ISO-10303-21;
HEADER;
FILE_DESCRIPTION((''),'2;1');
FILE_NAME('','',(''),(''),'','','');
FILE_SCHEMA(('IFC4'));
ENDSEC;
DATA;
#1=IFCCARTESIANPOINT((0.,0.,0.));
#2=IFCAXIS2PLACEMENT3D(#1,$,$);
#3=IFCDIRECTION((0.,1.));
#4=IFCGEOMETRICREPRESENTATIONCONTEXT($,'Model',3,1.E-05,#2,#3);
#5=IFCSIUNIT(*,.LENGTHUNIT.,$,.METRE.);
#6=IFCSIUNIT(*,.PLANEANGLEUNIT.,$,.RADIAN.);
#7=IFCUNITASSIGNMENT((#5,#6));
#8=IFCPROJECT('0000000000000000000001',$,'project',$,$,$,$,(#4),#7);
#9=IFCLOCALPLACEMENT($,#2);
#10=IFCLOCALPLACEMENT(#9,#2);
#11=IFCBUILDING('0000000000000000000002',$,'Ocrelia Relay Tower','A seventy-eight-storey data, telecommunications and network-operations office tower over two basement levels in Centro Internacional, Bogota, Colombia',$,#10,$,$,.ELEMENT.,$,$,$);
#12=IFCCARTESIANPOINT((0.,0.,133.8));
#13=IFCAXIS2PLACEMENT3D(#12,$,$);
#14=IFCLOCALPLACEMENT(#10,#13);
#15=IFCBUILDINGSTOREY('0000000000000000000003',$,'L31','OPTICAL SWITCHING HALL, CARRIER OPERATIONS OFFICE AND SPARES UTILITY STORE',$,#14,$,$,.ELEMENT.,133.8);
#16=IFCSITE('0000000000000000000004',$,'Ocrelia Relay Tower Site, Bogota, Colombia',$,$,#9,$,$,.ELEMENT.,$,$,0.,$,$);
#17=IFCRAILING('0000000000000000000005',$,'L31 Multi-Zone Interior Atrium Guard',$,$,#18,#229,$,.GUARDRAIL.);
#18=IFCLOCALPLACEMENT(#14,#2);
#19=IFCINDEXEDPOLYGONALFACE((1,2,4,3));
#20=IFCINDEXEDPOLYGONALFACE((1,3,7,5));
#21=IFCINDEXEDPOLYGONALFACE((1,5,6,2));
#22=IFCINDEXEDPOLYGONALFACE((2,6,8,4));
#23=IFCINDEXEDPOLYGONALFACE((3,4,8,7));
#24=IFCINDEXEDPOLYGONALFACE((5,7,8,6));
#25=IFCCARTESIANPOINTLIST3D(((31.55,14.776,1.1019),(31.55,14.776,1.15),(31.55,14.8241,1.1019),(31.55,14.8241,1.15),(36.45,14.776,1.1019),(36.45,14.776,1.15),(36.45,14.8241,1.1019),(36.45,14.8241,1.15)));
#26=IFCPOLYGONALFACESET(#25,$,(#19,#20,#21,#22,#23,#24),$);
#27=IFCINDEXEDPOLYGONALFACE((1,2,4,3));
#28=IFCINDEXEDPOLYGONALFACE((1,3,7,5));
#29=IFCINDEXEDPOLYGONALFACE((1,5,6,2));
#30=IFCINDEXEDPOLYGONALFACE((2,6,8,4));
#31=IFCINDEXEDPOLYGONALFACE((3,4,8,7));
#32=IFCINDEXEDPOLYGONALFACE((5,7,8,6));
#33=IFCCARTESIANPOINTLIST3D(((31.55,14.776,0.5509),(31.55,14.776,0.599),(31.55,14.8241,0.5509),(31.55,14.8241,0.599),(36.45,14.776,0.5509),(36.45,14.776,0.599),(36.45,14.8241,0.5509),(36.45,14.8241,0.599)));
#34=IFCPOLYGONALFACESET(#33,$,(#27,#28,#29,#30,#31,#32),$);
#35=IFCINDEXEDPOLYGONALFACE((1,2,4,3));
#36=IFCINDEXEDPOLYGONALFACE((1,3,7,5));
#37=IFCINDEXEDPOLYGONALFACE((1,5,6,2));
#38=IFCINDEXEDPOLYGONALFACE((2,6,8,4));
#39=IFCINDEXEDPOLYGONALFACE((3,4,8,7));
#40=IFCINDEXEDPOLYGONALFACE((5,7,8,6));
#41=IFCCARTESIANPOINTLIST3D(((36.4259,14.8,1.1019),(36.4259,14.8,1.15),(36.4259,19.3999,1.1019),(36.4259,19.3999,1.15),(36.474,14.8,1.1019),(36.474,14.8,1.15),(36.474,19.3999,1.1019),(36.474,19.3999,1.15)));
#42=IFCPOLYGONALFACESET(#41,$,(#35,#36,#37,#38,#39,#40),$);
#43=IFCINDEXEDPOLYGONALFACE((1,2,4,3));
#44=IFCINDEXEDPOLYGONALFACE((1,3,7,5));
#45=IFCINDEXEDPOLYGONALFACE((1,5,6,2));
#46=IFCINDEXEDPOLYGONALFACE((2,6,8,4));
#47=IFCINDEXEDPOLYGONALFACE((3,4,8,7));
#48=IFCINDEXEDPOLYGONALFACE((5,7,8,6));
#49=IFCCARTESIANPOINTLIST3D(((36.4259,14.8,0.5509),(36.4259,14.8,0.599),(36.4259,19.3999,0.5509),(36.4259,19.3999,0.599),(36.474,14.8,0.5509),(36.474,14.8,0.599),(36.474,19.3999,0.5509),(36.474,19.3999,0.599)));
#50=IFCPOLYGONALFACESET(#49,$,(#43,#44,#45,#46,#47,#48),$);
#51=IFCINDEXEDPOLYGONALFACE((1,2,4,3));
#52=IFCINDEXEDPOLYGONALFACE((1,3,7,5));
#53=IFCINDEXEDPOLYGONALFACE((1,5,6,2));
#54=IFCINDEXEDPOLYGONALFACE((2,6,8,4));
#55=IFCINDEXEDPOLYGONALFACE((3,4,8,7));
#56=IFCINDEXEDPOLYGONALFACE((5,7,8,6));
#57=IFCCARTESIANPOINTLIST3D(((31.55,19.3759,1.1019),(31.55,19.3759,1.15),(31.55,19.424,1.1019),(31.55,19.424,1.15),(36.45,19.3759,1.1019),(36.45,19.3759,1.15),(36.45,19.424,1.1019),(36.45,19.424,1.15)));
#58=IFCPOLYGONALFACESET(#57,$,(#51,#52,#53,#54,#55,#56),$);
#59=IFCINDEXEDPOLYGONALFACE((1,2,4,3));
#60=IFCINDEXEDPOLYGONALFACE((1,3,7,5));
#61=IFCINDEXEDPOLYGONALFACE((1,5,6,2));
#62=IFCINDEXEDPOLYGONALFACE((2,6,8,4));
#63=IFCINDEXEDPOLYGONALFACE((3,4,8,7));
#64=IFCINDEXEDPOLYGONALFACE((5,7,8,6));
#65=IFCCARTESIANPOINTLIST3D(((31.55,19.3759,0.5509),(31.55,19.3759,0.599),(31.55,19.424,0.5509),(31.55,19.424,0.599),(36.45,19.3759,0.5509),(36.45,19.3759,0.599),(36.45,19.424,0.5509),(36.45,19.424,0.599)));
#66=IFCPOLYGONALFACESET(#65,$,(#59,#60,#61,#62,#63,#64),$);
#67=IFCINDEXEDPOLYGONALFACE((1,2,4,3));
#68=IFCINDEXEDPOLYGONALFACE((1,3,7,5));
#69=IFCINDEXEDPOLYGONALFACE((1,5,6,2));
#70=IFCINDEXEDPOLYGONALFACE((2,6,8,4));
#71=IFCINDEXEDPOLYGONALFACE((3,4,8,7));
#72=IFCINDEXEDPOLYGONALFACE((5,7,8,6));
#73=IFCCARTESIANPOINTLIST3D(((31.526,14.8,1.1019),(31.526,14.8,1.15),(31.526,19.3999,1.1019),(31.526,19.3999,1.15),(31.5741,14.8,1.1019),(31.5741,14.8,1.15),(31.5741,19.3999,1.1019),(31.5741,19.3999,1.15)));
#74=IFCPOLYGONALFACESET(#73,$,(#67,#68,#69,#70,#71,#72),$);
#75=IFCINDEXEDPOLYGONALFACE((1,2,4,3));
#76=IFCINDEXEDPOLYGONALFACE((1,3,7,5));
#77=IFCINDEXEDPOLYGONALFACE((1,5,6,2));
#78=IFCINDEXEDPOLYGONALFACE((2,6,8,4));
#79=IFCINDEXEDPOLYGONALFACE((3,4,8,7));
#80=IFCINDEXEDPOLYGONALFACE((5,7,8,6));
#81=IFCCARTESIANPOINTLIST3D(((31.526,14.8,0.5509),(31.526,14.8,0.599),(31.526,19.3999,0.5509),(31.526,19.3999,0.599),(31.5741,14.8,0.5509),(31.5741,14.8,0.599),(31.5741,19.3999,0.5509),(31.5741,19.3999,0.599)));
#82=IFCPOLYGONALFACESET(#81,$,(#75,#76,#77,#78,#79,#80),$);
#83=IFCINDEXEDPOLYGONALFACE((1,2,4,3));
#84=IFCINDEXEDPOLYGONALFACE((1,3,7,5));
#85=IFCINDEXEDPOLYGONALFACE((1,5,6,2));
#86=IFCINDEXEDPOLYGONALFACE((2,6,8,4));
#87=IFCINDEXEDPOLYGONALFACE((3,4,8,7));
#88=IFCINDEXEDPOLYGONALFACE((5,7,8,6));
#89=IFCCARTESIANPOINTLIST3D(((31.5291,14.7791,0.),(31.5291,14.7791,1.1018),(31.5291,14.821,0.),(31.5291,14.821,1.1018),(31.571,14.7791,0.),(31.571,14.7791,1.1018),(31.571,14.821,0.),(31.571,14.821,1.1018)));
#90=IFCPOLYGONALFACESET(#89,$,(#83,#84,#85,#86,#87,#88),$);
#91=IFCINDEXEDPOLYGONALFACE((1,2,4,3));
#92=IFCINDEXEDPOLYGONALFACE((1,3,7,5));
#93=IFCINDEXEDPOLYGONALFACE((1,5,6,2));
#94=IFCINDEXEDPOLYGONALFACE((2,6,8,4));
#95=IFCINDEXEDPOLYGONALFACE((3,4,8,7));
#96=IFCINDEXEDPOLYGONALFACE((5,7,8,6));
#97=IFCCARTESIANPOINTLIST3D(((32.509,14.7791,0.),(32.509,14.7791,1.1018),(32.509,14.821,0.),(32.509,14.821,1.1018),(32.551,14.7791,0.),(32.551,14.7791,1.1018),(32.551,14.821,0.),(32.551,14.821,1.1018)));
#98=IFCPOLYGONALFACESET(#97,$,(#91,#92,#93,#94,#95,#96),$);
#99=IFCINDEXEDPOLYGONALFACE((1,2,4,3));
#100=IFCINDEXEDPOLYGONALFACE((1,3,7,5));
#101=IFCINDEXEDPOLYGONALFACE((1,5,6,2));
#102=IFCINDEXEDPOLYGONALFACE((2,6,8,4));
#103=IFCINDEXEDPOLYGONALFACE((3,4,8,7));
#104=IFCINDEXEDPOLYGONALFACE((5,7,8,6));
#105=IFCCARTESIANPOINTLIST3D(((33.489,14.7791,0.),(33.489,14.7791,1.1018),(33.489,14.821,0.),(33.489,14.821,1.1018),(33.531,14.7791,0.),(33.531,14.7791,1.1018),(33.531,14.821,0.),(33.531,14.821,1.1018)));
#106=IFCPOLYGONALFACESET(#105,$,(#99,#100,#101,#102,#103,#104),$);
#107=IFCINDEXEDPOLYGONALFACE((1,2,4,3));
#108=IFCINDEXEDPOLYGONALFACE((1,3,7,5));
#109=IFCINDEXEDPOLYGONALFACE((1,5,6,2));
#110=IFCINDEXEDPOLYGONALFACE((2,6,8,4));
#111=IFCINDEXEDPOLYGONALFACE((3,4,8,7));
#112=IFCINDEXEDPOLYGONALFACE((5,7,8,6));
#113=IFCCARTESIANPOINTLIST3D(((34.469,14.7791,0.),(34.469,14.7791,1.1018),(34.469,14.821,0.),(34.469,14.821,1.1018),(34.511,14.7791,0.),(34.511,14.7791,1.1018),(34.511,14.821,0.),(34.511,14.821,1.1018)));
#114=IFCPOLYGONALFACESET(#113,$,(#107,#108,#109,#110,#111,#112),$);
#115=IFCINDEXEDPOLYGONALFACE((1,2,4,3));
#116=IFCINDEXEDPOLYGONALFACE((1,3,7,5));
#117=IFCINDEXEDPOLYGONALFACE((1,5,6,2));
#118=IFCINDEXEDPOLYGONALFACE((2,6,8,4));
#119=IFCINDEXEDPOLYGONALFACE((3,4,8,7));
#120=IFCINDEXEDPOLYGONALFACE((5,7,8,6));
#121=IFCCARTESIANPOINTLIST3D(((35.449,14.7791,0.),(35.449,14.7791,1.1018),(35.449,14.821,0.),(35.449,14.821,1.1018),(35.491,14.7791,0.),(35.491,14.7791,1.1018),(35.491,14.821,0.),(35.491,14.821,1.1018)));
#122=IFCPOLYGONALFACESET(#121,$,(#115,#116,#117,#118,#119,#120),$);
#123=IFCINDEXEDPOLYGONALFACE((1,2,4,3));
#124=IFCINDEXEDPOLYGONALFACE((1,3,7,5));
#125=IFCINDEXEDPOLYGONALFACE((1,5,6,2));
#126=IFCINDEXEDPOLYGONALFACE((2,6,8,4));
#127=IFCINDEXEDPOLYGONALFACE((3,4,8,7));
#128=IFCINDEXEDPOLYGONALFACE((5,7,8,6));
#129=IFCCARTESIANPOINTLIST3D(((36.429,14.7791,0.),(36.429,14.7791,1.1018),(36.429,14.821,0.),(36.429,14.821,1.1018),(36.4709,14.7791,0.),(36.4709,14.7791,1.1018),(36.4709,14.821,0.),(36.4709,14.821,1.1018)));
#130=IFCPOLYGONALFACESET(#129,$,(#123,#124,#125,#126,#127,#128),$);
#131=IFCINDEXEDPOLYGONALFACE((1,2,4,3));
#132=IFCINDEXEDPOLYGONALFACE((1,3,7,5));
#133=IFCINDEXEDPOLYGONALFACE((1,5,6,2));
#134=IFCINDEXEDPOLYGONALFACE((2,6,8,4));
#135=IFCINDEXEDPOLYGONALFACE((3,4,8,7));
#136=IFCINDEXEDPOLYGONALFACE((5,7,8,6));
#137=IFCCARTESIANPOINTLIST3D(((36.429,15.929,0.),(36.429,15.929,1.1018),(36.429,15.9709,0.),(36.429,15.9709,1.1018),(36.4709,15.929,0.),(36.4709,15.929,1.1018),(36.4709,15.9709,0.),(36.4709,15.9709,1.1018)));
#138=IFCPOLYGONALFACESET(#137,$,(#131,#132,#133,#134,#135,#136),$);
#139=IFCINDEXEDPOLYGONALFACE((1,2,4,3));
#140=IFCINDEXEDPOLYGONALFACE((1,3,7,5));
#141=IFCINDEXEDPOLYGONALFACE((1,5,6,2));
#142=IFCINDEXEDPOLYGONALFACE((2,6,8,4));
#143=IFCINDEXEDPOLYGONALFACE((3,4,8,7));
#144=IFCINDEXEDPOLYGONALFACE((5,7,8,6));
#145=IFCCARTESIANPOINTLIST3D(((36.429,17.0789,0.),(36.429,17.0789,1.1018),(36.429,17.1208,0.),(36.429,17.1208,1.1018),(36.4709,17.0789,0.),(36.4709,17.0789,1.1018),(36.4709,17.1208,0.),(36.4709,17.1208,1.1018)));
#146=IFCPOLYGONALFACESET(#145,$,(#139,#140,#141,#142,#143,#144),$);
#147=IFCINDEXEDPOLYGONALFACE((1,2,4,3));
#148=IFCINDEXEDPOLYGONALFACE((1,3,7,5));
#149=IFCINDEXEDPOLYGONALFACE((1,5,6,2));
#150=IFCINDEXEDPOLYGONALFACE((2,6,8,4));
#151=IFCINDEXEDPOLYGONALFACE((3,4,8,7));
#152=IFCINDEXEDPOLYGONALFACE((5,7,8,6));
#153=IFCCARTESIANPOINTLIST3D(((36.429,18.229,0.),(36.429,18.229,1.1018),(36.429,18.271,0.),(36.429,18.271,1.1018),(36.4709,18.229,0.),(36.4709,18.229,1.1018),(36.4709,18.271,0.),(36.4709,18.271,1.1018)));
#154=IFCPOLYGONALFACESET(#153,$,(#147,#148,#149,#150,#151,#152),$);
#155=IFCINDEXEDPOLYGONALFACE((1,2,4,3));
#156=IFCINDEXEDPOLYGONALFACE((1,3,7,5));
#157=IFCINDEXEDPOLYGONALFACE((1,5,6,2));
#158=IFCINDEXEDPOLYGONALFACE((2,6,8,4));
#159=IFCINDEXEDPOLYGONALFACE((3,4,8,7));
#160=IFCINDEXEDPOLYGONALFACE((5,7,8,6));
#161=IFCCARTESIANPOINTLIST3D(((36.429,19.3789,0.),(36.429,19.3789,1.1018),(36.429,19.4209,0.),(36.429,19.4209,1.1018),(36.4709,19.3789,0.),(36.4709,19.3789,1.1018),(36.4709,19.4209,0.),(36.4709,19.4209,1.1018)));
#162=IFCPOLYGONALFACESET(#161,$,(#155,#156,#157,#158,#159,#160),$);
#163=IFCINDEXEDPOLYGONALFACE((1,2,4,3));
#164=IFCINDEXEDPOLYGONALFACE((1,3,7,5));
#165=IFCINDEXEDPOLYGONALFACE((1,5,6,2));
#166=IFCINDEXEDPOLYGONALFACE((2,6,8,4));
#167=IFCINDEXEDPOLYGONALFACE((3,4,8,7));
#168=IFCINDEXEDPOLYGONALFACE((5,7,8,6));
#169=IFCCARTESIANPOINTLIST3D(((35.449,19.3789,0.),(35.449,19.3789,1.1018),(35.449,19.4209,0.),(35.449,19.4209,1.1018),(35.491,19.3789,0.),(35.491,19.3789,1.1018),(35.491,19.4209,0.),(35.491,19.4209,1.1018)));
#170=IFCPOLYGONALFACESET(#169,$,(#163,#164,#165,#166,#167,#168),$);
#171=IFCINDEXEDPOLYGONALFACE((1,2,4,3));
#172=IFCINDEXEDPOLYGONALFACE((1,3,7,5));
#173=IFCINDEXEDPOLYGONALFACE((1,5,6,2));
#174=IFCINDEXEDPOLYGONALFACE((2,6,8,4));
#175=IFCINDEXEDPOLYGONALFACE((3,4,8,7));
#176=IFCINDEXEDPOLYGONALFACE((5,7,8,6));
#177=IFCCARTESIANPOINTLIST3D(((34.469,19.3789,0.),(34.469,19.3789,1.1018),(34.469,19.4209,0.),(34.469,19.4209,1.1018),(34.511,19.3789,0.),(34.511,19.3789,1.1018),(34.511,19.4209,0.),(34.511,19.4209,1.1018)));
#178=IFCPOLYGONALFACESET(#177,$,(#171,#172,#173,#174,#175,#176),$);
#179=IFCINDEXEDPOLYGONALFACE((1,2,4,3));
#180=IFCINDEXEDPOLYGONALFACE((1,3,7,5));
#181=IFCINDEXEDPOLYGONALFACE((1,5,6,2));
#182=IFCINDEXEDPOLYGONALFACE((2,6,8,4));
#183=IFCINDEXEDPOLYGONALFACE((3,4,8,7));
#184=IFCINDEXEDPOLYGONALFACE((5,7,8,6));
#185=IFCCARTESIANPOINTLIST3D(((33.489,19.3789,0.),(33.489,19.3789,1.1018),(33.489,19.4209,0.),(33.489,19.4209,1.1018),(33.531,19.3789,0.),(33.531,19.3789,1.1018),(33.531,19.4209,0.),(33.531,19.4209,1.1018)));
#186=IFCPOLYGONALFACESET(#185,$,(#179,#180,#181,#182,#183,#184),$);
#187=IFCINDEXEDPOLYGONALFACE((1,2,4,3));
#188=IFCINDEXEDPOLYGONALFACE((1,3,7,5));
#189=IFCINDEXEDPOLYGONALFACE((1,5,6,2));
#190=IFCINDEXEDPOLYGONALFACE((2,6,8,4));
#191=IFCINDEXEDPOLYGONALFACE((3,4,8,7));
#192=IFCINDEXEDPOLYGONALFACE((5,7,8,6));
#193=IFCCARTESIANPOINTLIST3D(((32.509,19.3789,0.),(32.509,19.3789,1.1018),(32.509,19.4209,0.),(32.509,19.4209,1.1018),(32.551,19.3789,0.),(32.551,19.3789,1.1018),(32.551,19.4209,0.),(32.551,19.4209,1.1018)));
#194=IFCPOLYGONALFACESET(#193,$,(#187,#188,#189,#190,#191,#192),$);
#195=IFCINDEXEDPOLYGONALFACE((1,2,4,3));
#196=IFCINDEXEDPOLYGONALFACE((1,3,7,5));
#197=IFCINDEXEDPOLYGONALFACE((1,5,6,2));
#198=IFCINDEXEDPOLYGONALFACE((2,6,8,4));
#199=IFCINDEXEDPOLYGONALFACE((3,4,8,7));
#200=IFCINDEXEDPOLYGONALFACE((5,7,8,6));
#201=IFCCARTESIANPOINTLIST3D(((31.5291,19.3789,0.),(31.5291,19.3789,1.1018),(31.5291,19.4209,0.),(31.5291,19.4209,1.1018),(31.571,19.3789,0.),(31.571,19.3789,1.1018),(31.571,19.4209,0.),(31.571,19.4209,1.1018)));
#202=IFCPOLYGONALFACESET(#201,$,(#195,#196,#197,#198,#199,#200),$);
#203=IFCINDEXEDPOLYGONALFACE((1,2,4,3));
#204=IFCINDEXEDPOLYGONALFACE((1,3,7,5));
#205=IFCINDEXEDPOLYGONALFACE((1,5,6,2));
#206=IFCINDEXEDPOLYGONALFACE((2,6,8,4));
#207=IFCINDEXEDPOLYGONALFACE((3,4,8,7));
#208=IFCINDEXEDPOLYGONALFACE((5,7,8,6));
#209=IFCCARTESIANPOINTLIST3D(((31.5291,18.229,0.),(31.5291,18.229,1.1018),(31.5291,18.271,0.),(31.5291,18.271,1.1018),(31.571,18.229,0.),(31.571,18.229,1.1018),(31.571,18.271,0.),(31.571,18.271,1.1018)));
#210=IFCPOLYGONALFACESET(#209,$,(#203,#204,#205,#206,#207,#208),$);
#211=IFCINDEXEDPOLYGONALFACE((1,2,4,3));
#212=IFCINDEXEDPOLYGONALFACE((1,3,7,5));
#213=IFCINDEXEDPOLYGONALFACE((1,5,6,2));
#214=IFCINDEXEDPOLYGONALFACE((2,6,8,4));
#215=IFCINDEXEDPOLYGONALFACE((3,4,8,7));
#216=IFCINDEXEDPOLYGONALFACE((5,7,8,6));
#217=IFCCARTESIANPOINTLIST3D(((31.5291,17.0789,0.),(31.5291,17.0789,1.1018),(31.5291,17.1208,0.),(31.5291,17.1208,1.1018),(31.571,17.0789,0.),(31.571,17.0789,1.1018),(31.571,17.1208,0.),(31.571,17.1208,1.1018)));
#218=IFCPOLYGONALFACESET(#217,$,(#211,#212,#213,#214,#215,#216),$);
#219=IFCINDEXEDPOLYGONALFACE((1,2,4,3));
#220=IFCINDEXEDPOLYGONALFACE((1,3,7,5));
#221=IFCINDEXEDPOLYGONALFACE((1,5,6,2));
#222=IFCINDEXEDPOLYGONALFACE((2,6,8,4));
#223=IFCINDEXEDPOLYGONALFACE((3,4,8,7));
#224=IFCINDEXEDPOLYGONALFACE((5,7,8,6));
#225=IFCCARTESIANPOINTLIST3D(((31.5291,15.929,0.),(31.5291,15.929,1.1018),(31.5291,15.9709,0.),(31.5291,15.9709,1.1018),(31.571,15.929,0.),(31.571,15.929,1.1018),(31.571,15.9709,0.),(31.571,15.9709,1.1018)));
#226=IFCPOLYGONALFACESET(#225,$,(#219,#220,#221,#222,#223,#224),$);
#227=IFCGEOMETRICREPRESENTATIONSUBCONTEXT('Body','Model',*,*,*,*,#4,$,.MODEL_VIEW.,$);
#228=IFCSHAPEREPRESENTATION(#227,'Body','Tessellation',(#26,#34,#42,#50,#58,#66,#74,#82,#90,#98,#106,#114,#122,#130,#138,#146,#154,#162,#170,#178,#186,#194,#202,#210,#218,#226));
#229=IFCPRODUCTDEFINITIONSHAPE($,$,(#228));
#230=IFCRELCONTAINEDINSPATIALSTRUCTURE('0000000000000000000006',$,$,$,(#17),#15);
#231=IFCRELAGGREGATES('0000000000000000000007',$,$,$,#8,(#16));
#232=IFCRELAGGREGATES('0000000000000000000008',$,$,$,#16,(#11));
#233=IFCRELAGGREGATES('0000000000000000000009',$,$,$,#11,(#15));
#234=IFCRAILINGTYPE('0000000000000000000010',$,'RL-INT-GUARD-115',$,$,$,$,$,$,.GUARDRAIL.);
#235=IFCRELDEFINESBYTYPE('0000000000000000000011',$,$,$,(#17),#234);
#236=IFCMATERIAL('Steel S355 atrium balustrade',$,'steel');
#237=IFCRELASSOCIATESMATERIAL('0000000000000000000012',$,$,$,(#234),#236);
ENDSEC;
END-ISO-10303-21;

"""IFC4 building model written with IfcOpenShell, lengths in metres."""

from ifc_helpers import new_model, si_unit, direction, frame, origin, origin_2d, place, context, subcontext, project, spatial, rectangle, extrude, material, type_object, element, save


model = new_model("IFC4")

# Units and contexts
model_context = context("Model", 3, precision=1e-05, world=origin(), true_north=direction((0.0, 1.0)))
body_context = subcontext(model_context, "Body", "Model", "MODEL_VIEW")
ifc_project = project(units=[si_unit("LENGTHUNIT", "METRE"), si_unit("PLANEANGLEUNIT", "RADIAN")], contexts=[model_context])

# Site, building, storey
site_placement = place(None, origin())
site = spatial("IfcSite", under=ifc_project, at=site_placement, Name="Ocrelia Relay Tower Site, Bogota, Colombia", CompositionType="ELEMENT", RefElevation=0.0)
building_placement = place(site_placement, origin())
building = spatial("IfcBuilding", under=site, at=building_placement, Name="Ocrelia Relay Tower", Description="A seventy-eight-storey data, telecommunications and network-operations office tower over two basement levels in Centro Internacional, Bogota, Colombia", CompositionType="ELEMENT")
storey_placement = place(building_placement, frame((0.0, 0.0, 133.8)))
storey = spatial("IfcBuildingStorey", under=building, at=storey_placement, Name="L31", Description="OPTICAL SWITCHING HALL, CARRIER OPERATIONS OFFICE AND SPARES UTILITY STORE", CompositionType="ELEMENT", Elevation=133.8)

# Railing
ifc_material_1 = material(Name="Steel S355 atrium balustrade", Category="steel")
railing_type_1 = type_object("IfcRailingType", Name="RL-INT-GUARD-115", PredefinedType="GUARDRAIL", material=ifc_material_1)
railing_1_placement = place(storey_placement, frame((31.55, 14.8, 0.0)))
element("IfcRailing", 1, at=railing_1_placement, inside=storey, type_object=railing_type_1, Name="L31 Multi-Zone Interior Atrium Guard", PredefinedType="GUARDRAIL", context=body_context, shape_type="SweptSolid", body=[
    extrude(rectangle(XDim=0.0481, YDim=0.0481, at=origin_2d()), frame((0.0, 0.0, 1.126), z_axis=(1.0, 0.0, 0.0), x_axis=(0.0, 1.0, 0.0)), (0.0, 0.0, 1.0), 4.8999),
    extrude(rectangle(XDim=0.0481, YDim=0.0481, at=origin_2d()), frame((0.0, 0.0, 0.575), z_axis=(1.0, 0.0, 0.0), x_axis=(0.0, 1.0, 0.0)), (0.0, 0.0, 1.0), 4.8999),
    extrude(rectangle(XDim=0.0481, YDim=0.0481, at=origin_2d()), frame((4.8999, 0.0, 1.126), z_axis=(0.0, 1.0, 0.0), x_axis=(-1.0, 0.0, 0.0)), (0.0, 0.0, 1.0), 4.5999),
    extrude(rectangle(XDim=0.0481, YDim=0.0481, at=origin_2d()), frame((4.8999, 0.0, 0.575), z_axis=(0.0, 1.0, 0.0), x_axis=(-1.0, 0.0, 0.0)), (0.0, 0.0, 1.0), 4.5999),
    extrude(rectangle(XDim=0.0481, YDim=0.0481, at=origin_2d()), frame((4.8999, 4.5999, 1.126), z_axis=(-1.0, 0.0, 0.0), x_axis=(0.0, -1.0, 0.0)), (0.0, 0.0, 1.0), 4.8999),
    extrude(rectangle(XDim=0.0481, YDim=0.0481, at=origin_2d()), frame((4.8999, 4.5999, 0.575), z_axis=(-1.0, 0.0, 0.0), x_axis=(0.0, -1.0, 0.0)), (0.0, 0.0, 1.0), 4.8999),
    extrude(rectangle(XDim=0.0481, YDim=0.0481, at=origin_2d()), frame((0.0, 4.5999, 1.126), z_axis=(0.0, -1.0, 0.0), x_axis=(1.0, 0.0, 0.0)), (0.0, 0.0, 1.0), 4.5999),
    extrude(rectangle(XDim=0.0481, YDim=0.0481, at=origin_2d()), frame((0.0, 4.5999, 0.575), z_axis=(0.0, -1.0, 0.0), x_axis=(1.0, 0.0, 0.0)), (0.0, 0.0, 1.0), 4.5999),
    extrude(rectangle(XDim=0.042, YDim=0.042, at=origin_2d()), origin(), (0.0, 0.0, 1.0), 1.1018),
    extrude(rectangle(XDim=0.042, YDim=0.042, at=origin_2d()), frame((0.98, 0.0, 0.0)), (0.0, 0.0, 1.0), 1.1018),
    extrude(rectangle(XDim=0.042, YDim=0.042, at=origin_2d()), frame((1.96, 0.0, 0.0)), (0.0, 0.0, 1.0), 1.1018),
    extrude(rectangle(XDim=0.042, YDim=0.042, at=origin_2d()), frame((2.9399, 0.0, 0.0)), (0.0, 0.0, 1.0), 1.1018),
    extrude(rectangle(XDim=0.042, YDim=0.042, at=origin_2d()), frame((3.9199, 0.0, 0.0)), (0.0, 0.0, 1.0), 1.1018),
    extrude(rectangle(XDim=0.042, YDim=0.042, at=origin_2d()), frame((4.8999, 0.0, 0.0)), (0.0, 0.0, 1.0), 1.1018),
    extrude(rectangle(XDim=0.042, YDim=0.042, at=origin_2d()), frame((4.8999, 1.1499, 0.0)), (0.0, 0.0, 1.0), 1.1018),
    extrude(rectangle(XDim=0.042, YDim=0.042, at=origin_2d()), frame((4.8999, 2.2998, 0.0)), (0.0, 0.0, 1.0), 1.1018),
    extrude(rectangle(XDim=0.042, YDim=0.042, at=origin_2d()), frame((4.8999, 3.45, 0.0)), (0.0, 0.0, 1.0), 1.1018),
    extrude(rectangle(XDim=0.042, YDim=0.042, at=origin_2d()), frame((4.8999, 4.5999, 0.0)), (0.0, 0.0, 1.0), 1.1018),
    extrude(rectangle(XDim=0.042, YDim=0.042, at=origin_2d()), frame((3.9199, 4.5999, 0.0)), (0.0, 0.0, 1.0), 1.1018),
    extrude(rectangle(XDim=0.042, YDim=0.042, at=origin_2d()), frame((2.9399, 4.5999, 0.0)), (0.0, 0.0, 1.0), 1.1018),
    extrude(rectangle(XDim=0.042, YDim=0.042, at=origin_2d()), frame((1.96, 4.5999, 0.0)), (0.0, 0.0, 1.0), 1.1018),
    extrude(rectangle(XDim=0.042, YDim=0.042, at=origin_2d()), frame((0.98, 4.5999, 0.0)), (0.0, 0.0, 1.0), 1.1018),
    extrude(rectangle(XDim=0.042, YDim=0.042, at=origin_2d()), frame((0.0, 4.5999, 0.0)), (0.0, 0.0, 1.0), 1.1018),
    extrude(rectangle(XDim=0.042, YDim=0.042, at=origin_2d()), frame((0.0, 3.45, 0.0)), (0.0, 0.0, 1.0), 1.1018),
    extrude(rectangle(XDim=0.042, YDim=0.042, at=origin_2d()), frame((0.0, 2.2998, 0.0)), (0.0, 0.0, 1.0), 1.1018),
    extrude(rectangle(XDim=0.042, YDim=0.042, at=origin_2d()), frame((0.0, 1.1499, 0.0)), (0.0, 0.0, 1.0), 1.1018),
])

save(model, "model.ifc")
